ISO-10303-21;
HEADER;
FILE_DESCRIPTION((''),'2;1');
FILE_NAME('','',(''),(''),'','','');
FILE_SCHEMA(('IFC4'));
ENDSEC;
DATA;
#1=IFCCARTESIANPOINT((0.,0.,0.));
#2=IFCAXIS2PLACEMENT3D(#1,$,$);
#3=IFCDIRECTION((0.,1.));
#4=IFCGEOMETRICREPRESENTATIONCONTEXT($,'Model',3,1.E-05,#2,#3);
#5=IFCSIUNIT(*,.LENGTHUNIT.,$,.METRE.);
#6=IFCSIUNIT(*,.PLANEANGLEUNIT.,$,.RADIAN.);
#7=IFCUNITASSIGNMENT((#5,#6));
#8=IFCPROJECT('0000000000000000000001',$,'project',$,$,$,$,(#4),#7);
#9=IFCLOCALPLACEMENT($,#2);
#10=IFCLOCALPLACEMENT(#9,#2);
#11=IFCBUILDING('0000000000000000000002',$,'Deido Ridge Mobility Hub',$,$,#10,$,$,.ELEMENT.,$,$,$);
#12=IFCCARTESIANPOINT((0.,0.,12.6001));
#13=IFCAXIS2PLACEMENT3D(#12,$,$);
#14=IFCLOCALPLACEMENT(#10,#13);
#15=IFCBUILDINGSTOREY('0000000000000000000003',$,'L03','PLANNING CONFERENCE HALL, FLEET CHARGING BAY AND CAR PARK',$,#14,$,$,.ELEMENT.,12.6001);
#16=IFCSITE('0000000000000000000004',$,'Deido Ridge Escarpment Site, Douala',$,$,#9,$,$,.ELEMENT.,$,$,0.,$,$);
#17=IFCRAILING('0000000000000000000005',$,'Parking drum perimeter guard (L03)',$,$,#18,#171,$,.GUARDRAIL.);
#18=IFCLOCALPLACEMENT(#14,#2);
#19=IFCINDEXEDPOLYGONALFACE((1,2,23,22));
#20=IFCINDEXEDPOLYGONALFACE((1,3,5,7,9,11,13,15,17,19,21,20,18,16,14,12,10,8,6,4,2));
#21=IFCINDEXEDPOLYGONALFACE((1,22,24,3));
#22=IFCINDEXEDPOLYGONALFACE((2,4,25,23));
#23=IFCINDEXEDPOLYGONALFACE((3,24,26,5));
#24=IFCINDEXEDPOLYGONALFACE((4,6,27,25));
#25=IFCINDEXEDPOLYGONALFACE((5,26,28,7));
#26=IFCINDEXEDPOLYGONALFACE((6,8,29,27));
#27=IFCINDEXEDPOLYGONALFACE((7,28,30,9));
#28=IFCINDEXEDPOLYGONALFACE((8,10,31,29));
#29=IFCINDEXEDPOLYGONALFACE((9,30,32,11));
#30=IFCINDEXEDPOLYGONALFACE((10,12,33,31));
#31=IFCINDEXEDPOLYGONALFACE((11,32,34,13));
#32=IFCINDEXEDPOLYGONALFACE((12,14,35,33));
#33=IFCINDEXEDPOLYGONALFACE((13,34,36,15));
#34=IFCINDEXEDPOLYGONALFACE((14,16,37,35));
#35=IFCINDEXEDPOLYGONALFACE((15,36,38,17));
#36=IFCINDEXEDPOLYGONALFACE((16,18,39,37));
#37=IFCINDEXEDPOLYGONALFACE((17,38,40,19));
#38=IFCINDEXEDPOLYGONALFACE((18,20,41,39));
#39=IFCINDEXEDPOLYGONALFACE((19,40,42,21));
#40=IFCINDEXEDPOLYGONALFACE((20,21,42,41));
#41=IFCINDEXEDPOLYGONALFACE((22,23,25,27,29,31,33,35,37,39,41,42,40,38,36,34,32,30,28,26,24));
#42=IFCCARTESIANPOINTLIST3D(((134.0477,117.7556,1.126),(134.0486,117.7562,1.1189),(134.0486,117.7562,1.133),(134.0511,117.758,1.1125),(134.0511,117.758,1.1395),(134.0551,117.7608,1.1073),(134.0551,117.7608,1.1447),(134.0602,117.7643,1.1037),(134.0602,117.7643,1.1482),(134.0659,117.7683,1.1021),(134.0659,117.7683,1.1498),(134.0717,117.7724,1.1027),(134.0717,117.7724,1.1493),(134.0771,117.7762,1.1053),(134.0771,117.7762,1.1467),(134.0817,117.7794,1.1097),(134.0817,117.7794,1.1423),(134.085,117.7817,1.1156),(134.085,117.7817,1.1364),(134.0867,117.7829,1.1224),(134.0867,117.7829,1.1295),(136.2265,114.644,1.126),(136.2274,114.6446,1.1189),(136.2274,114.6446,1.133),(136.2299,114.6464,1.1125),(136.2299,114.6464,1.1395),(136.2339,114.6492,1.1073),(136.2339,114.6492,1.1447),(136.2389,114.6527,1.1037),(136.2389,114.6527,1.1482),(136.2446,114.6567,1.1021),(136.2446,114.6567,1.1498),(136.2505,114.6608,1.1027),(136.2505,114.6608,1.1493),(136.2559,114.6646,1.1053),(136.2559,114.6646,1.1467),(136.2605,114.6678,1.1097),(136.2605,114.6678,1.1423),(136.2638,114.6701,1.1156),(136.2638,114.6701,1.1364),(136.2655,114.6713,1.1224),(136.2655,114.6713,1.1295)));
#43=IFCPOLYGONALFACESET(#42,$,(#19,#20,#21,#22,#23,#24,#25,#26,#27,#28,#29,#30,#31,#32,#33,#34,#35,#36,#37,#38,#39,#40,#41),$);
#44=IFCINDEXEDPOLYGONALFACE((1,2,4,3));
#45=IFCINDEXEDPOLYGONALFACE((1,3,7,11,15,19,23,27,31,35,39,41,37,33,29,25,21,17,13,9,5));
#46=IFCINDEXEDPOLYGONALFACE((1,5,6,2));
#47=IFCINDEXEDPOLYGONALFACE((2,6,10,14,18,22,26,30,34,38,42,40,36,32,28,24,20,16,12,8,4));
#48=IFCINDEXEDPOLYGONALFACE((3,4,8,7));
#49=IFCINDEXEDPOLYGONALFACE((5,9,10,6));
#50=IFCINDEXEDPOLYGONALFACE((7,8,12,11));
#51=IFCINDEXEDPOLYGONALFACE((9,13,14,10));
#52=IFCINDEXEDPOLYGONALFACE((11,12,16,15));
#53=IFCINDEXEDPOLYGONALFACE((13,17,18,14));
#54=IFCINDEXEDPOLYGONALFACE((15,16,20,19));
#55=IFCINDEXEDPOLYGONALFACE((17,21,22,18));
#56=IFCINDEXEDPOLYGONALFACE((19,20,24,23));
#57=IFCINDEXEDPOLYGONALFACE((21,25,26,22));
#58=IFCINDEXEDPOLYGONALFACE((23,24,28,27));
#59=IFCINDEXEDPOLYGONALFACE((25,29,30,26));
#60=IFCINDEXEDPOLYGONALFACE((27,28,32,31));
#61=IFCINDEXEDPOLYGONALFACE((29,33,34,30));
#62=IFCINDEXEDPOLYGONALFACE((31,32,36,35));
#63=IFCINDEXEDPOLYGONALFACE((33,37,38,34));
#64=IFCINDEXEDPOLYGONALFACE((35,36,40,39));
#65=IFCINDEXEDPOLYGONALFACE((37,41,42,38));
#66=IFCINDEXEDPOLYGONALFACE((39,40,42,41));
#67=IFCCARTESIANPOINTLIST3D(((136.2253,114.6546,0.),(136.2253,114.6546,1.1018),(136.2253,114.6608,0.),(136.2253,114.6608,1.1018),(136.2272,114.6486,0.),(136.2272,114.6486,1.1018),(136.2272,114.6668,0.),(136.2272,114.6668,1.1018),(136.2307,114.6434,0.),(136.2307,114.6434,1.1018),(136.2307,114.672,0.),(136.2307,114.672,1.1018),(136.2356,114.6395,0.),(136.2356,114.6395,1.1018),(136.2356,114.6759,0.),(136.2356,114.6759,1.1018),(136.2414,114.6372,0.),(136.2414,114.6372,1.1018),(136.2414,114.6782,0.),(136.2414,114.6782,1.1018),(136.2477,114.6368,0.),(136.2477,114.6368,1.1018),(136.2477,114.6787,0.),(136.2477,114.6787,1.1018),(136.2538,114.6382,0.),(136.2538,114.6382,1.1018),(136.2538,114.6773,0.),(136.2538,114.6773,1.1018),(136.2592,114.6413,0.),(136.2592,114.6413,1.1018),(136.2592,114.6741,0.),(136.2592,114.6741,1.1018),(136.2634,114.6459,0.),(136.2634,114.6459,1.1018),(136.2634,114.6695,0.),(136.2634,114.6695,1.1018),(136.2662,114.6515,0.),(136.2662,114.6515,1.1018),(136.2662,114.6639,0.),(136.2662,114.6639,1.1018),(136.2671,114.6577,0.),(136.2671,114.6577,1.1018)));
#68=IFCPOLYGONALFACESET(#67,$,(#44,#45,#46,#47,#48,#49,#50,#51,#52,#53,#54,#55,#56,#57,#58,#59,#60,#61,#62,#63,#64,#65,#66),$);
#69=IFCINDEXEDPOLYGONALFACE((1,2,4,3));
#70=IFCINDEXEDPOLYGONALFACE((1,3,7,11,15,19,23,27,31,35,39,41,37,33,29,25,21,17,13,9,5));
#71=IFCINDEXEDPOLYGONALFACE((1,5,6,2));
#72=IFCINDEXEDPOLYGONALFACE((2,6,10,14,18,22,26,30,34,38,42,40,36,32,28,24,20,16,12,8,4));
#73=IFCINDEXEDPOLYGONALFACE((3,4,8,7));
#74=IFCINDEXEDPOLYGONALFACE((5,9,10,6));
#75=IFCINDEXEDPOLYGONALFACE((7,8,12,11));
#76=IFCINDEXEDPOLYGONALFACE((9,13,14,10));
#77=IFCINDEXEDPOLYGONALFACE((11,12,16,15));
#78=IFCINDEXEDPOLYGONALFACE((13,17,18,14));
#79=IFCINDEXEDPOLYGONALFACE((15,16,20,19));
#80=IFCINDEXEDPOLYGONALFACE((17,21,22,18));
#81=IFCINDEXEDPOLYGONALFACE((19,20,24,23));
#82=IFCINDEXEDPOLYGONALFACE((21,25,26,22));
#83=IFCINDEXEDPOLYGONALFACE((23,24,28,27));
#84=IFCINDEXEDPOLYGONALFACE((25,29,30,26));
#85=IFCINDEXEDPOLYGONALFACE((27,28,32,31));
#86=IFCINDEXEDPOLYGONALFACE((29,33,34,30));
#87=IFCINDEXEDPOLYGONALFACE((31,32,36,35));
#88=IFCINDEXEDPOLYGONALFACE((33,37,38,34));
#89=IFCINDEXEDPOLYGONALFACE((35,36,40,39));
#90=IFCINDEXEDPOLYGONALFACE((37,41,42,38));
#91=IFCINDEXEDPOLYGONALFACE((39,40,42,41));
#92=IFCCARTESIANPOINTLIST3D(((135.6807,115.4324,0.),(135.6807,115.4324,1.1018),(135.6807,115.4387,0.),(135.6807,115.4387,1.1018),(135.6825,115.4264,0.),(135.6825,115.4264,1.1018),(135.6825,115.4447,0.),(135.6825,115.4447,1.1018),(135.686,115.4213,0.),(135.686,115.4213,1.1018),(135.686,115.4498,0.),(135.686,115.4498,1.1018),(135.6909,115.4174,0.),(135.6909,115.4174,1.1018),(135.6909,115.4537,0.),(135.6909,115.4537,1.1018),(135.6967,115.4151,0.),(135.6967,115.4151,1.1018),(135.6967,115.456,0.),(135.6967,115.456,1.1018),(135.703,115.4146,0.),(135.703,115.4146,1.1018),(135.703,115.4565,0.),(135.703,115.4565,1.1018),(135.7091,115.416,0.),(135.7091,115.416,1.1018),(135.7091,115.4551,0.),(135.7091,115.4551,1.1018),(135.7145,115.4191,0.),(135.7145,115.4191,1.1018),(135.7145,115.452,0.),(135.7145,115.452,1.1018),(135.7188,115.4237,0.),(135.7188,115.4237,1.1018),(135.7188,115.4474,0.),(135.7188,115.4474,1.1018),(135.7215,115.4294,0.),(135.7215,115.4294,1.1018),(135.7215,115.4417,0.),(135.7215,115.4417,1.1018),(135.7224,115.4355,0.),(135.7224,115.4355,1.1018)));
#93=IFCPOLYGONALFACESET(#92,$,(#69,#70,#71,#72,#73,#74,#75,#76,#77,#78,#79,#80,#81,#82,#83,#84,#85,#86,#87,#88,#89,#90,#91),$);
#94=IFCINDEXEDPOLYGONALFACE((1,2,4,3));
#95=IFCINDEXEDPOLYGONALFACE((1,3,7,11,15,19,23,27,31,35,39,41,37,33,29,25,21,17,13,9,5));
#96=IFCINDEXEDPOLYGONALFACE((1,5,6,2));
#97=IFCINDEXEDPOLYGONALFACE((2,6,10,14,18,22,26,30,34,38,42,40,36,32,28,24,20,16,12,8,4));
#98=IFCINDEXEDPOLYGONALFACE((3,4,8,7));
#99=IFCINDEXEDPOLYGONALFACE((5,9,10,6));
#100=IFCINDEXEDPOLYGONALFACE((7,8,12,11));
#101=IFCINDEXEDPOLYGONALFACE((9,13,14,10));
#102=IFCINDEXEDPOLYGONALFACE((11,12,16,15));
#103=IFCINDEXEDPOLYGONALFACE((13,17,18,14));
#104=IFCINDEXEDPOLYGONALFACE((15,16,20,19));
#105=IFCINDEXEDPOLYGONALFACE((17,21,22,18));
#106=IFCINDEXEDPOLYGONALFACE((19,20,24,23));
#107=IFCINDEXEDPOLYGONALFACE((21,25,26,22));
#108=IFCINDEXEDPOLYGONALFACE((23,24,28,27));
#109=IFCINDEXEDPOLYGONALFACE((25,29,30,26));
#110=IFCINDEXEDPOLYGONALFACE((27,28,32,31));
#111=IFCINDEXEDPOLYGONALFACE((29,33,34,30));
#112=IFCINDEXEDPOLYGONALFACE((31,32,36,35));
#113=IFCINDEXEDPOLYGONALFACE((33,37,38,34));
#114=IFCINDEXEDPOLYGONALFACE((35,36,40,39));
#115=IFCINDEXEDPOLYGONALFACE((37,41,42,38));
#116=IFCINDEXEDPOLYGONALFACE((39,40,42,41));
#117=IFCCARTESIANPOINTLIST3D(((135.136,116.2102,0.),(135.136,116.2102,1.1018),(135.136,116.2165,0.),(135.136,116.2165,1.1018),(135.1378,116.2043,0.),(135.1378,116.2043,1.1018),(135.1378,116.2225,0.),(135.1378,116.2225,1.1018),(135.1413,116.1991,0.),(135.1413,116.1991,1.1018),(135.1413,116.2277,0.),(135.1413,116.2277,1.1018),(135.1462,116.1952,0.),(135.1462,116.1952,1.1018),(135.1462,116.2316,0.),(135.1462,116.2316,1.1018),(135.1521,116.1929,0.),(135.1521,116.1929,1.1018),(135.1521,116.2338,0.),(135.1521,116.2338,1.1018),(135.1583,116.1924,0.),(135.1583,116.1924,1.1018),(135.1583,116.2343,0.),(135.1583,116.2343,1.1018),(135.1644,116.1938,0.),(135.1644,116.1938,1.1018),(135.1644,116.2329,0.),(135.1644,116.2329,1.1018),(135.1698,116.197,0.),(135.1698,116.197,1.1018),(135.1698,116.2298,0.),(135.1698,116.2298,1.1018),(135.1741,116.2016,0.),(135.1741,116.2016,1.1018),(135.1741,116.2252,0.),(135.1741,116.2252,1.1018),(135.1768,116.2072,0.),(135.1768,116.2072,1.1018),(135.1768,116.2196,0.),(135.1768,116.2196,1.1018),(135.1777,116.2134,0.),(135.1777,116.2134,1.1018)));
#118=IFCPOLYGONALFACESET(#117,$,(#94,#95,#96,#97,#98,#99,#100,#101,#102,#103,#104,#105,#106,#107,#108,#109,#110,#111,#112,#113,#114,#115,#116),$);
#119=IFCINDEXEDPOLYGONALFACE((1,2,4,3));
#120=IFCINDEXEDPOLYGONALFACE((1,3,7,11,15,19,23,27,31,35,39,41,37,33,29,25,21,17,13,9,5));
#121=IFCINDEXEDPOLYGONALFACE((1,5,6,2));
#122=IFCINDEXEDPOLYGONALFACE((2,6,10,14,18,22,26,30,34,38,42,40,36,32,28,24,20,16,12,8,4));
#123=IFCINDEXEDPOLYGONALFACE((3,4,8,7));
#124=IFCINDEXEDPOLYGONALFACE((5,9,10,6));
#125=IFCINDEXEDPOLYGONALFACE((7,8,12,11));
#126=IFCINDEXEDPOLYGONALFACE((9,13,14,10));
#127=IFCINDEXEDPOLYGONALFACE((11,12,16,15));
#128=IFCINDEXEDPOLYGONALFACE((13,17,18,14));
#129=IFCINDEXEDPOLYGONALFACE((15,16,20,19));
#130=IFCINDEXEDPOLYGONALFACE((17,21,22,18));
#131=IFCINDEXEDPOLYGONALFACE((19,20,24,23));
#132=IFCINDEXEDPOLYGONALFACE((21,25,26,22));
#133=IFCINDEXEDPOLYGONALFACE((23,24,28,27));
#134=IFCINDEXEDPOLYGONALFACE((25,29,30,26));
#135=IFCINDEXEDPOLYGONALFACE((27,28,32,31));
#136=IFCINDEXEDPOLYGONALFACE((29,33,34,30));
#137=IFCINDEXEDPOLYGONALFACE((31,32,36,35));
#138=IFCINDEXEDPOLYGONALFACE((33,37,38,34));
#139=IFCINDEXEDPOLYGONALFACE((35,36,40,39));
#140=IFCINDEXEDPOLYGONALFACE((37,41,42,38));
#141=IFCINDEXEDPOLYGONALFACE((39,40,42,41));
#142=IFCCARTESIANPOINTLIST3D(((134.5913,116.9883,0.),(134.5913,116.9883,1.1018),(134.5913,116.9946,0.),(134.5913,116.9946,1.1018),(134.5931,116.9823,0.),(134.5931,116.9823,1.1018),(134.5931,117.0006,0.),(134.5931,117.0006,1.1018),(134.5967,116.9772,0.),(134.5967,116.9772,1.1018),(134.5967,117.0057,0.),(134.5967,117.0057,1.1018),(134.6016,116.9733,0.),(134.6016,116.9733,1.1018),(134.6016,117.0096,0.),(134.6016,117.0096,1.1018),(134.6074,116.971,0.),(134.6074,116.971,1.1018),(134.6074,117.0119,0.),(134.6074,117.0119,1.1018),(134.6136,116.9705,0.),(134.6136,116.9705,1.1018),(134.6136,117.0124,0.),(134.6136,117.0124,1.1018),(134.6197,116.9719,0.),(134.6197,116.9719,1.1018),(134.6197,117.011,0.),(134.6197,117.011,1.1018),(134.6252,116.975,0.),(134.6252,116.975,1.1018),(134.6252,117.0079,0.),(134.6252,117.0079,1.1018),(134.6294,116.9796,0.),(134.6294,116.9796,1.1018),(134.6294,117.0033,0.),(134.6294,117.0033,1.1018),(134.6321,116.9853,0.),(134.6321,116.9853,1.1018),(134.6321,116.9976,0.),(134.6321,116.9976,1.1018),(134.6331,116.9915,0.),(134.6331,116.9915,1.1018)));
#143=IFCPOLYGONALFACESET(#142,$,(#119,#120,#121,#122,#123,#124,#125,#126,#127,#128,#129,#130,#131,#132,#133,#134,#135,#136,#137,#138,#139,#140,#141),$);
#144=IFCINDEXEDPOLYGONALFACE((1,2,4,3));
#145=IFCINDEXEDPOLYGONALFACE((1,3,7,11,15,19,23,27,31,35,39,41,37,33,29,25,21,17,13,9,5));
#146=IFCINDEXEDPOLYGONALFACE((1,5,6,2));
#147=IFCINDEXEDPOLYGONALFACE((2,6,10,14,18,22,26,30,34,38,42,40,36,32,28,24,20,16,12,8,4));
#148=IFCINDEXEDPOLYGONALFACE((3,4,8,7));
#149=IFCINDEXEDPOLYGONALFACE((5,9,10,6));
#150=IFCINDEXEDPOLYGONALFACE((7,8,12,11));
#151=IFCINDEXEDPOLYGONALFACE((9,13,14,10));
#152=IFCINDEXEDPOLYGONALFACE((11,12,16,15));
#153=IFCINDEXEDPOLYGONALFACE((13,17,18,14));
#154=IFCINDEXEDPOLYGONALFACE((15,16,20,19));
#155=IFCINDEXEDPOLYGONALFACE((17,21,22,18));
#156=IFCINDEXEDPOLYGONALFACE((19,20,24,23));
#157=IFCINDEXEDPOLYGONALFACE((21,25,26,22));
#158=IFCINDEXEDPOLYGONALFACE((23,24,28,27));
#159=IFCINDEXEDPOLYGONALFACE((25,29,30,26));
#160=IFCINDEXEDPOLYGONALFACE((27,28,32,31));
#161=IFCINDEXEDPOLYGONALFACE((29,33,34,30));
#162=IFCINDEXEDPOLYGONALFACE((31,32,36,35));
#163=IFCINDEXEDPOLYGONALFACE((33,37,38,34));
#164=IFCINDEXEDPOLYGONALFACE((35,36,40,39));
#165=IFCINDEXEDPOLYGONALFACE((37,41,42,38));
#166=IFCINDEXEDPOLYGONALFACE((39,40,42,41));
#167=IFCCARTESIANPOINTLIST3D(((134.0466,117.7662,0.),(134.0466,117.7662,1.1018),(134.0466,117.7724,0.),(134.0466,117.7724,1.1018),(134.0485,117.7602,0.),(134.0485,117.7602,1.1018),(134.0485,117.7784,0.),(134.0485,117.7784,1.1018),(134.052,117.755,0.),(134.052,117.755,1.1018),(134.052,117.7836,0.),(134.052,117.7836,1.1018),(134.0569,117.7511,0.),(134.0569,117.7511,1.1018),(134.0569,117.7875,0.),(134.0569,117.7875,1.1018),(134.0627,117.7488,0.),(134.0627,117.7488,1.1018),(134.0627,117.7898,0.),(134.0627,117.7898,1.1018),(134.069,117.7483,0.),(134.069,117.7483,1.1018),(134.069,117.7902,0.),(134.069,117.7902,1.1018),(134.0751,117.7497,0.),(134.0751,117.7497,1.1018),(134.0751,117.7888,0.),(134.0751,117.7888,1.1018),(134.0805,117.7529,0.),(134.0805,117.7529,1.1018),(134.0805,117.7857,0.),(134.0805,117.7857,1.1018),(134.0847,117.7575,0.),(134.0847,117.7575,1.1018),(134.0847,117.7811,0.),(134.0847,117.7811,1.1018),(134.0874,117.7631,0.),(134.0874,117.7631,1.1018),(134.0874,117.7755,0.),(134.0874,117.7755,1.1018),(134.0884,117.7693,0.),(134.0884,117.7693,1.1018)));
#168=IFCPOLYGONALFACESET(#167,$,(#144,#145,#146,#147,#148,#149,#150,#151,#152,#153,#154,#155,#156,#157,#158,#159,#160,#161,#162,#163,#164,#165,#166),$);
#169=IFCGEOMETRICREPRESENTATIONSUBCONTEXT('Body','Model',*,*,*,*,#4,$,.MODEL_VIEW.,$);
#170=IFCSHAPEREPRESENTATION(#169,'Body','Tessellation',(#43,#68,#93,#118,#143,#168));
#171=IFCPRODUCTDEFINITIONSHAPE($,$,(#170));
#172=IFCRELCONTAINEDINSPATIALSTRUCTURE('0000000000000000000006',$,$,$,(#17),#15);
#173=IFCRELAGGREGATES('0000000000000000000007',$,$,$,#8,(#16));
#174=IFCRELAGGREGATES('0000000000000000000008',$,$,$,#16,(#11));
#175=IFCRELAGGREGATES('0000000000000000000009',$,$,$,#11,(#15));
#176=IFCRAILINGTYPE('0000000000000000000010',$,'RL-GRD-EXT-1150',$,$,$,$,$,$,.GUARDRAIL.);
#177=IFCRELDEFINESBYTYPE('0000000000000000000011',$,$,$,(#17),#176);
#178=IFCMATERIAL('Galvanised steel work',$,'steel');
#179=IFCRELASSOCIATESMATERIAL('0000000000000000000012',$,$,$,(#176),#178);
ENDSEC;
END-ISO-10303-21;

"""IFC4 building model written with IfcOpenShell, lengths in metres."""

from ifc_helpers import new_model, si_unit, direction, frame, origin, origin_2d, place, context, subcontext, project, spatial, circle, extrude, material, type_object, element, save


model = new_model("IFC4")

# Units and contexts
model_context = context("Model", 3, precision=1e-05, world=origin(), true_north=direction((0.0, 1.0)))
body_context = subcontext(model_context, "Body", "Model", "MODEL_VIEW")
ifc_project = project(units=[si_unit("LENGTHUNIT", "METRE"), si_unit("PLANEANGLEUNIT", "RADIAN")], contexts=[model_context])

# Site, building, storey
site_placement = place(None, origin())
site = spatial("IfcSite", under=ifc_project, at=site_placement, Name="Deido Ridge Escarpment Site, Douala", CompositionType="ELEMENT", RefElevation=0.0)
building_placement = place(site_placement, origin())
building = spatial("IfcBuilding", under=site, at=building_placement, Name="Deido Ridge Mobility Hub", CompositionType="ELEMENT")
storey_placement = place(building_placement, frame((0.0, 0.0, 12.6001)))
storey = spatial("IfcBuildingStorey", under=building, at=storey_placement, Name="L03", Description="PLANNING CONFERENCE HALL, FLEET CHARGING BAY AND CAR PARK", CompositionType="ELEMENT", Elevation=12.6001)

# Railing
ifc_material_1 = material(Name="Galvanised steel work", Category="steel")
railing_type = type_object("IfcRailingType", Name="RL-GRD-EXT-1150", PredefinedType="GUARDRAIL", material=ifc_material_1)
railing_1_placement = place(storey_placement, frame((136.2461, 114.6577, 0.0)))
element("IfcRailing", 1, at=railing_1_placement, inside=storey, type_object=railing_type, Name="Parking drum perimeter guard (L03)", PredefinedType="GUARDRAIL", context=body_context, shape_type="SweptSolid", body=[
    extrude(circle(Radius=0.0239, at=origin_2d()), frame((0.0, 0.0, 1.126), z_axis=(-0.57357, 0.819156, 0.0), x_axis=(-0.819156, -0.57357, 0.0)), (0.0, 0.0, 1.0), 3.7986),
    extrude(circle(Radius=0.021, at=origin_2d()), origin(), (0.0, 0.0, 1.0), 1.1018),
    extrude(circle(Radius=0.021, at=origin_2d()), frame((-0.5447, 0.7778, 0.0)), (0.0, 0.0, 1.0), 1.1018),
    extrude(circle(Radius=0.021, at=origin_2d()), frame((-1.0894, 1.5557, 0.0)), (0.0, 0.0, 1.0), 1.1018),
    extrude(circle(Radius=0.021, at=origin_2d()), frame((-1.634, 2.3337, 0.0)), (0.0, 0.0, 1.0), 1.1018),
    extrude(circle(Radius=0.021, at=origin_2d()), frame((-2.1787, 3.1116, 0.0)), (0.0, 0.0, 1.0), 1.1018),
])

save(model, "model.ifc")
